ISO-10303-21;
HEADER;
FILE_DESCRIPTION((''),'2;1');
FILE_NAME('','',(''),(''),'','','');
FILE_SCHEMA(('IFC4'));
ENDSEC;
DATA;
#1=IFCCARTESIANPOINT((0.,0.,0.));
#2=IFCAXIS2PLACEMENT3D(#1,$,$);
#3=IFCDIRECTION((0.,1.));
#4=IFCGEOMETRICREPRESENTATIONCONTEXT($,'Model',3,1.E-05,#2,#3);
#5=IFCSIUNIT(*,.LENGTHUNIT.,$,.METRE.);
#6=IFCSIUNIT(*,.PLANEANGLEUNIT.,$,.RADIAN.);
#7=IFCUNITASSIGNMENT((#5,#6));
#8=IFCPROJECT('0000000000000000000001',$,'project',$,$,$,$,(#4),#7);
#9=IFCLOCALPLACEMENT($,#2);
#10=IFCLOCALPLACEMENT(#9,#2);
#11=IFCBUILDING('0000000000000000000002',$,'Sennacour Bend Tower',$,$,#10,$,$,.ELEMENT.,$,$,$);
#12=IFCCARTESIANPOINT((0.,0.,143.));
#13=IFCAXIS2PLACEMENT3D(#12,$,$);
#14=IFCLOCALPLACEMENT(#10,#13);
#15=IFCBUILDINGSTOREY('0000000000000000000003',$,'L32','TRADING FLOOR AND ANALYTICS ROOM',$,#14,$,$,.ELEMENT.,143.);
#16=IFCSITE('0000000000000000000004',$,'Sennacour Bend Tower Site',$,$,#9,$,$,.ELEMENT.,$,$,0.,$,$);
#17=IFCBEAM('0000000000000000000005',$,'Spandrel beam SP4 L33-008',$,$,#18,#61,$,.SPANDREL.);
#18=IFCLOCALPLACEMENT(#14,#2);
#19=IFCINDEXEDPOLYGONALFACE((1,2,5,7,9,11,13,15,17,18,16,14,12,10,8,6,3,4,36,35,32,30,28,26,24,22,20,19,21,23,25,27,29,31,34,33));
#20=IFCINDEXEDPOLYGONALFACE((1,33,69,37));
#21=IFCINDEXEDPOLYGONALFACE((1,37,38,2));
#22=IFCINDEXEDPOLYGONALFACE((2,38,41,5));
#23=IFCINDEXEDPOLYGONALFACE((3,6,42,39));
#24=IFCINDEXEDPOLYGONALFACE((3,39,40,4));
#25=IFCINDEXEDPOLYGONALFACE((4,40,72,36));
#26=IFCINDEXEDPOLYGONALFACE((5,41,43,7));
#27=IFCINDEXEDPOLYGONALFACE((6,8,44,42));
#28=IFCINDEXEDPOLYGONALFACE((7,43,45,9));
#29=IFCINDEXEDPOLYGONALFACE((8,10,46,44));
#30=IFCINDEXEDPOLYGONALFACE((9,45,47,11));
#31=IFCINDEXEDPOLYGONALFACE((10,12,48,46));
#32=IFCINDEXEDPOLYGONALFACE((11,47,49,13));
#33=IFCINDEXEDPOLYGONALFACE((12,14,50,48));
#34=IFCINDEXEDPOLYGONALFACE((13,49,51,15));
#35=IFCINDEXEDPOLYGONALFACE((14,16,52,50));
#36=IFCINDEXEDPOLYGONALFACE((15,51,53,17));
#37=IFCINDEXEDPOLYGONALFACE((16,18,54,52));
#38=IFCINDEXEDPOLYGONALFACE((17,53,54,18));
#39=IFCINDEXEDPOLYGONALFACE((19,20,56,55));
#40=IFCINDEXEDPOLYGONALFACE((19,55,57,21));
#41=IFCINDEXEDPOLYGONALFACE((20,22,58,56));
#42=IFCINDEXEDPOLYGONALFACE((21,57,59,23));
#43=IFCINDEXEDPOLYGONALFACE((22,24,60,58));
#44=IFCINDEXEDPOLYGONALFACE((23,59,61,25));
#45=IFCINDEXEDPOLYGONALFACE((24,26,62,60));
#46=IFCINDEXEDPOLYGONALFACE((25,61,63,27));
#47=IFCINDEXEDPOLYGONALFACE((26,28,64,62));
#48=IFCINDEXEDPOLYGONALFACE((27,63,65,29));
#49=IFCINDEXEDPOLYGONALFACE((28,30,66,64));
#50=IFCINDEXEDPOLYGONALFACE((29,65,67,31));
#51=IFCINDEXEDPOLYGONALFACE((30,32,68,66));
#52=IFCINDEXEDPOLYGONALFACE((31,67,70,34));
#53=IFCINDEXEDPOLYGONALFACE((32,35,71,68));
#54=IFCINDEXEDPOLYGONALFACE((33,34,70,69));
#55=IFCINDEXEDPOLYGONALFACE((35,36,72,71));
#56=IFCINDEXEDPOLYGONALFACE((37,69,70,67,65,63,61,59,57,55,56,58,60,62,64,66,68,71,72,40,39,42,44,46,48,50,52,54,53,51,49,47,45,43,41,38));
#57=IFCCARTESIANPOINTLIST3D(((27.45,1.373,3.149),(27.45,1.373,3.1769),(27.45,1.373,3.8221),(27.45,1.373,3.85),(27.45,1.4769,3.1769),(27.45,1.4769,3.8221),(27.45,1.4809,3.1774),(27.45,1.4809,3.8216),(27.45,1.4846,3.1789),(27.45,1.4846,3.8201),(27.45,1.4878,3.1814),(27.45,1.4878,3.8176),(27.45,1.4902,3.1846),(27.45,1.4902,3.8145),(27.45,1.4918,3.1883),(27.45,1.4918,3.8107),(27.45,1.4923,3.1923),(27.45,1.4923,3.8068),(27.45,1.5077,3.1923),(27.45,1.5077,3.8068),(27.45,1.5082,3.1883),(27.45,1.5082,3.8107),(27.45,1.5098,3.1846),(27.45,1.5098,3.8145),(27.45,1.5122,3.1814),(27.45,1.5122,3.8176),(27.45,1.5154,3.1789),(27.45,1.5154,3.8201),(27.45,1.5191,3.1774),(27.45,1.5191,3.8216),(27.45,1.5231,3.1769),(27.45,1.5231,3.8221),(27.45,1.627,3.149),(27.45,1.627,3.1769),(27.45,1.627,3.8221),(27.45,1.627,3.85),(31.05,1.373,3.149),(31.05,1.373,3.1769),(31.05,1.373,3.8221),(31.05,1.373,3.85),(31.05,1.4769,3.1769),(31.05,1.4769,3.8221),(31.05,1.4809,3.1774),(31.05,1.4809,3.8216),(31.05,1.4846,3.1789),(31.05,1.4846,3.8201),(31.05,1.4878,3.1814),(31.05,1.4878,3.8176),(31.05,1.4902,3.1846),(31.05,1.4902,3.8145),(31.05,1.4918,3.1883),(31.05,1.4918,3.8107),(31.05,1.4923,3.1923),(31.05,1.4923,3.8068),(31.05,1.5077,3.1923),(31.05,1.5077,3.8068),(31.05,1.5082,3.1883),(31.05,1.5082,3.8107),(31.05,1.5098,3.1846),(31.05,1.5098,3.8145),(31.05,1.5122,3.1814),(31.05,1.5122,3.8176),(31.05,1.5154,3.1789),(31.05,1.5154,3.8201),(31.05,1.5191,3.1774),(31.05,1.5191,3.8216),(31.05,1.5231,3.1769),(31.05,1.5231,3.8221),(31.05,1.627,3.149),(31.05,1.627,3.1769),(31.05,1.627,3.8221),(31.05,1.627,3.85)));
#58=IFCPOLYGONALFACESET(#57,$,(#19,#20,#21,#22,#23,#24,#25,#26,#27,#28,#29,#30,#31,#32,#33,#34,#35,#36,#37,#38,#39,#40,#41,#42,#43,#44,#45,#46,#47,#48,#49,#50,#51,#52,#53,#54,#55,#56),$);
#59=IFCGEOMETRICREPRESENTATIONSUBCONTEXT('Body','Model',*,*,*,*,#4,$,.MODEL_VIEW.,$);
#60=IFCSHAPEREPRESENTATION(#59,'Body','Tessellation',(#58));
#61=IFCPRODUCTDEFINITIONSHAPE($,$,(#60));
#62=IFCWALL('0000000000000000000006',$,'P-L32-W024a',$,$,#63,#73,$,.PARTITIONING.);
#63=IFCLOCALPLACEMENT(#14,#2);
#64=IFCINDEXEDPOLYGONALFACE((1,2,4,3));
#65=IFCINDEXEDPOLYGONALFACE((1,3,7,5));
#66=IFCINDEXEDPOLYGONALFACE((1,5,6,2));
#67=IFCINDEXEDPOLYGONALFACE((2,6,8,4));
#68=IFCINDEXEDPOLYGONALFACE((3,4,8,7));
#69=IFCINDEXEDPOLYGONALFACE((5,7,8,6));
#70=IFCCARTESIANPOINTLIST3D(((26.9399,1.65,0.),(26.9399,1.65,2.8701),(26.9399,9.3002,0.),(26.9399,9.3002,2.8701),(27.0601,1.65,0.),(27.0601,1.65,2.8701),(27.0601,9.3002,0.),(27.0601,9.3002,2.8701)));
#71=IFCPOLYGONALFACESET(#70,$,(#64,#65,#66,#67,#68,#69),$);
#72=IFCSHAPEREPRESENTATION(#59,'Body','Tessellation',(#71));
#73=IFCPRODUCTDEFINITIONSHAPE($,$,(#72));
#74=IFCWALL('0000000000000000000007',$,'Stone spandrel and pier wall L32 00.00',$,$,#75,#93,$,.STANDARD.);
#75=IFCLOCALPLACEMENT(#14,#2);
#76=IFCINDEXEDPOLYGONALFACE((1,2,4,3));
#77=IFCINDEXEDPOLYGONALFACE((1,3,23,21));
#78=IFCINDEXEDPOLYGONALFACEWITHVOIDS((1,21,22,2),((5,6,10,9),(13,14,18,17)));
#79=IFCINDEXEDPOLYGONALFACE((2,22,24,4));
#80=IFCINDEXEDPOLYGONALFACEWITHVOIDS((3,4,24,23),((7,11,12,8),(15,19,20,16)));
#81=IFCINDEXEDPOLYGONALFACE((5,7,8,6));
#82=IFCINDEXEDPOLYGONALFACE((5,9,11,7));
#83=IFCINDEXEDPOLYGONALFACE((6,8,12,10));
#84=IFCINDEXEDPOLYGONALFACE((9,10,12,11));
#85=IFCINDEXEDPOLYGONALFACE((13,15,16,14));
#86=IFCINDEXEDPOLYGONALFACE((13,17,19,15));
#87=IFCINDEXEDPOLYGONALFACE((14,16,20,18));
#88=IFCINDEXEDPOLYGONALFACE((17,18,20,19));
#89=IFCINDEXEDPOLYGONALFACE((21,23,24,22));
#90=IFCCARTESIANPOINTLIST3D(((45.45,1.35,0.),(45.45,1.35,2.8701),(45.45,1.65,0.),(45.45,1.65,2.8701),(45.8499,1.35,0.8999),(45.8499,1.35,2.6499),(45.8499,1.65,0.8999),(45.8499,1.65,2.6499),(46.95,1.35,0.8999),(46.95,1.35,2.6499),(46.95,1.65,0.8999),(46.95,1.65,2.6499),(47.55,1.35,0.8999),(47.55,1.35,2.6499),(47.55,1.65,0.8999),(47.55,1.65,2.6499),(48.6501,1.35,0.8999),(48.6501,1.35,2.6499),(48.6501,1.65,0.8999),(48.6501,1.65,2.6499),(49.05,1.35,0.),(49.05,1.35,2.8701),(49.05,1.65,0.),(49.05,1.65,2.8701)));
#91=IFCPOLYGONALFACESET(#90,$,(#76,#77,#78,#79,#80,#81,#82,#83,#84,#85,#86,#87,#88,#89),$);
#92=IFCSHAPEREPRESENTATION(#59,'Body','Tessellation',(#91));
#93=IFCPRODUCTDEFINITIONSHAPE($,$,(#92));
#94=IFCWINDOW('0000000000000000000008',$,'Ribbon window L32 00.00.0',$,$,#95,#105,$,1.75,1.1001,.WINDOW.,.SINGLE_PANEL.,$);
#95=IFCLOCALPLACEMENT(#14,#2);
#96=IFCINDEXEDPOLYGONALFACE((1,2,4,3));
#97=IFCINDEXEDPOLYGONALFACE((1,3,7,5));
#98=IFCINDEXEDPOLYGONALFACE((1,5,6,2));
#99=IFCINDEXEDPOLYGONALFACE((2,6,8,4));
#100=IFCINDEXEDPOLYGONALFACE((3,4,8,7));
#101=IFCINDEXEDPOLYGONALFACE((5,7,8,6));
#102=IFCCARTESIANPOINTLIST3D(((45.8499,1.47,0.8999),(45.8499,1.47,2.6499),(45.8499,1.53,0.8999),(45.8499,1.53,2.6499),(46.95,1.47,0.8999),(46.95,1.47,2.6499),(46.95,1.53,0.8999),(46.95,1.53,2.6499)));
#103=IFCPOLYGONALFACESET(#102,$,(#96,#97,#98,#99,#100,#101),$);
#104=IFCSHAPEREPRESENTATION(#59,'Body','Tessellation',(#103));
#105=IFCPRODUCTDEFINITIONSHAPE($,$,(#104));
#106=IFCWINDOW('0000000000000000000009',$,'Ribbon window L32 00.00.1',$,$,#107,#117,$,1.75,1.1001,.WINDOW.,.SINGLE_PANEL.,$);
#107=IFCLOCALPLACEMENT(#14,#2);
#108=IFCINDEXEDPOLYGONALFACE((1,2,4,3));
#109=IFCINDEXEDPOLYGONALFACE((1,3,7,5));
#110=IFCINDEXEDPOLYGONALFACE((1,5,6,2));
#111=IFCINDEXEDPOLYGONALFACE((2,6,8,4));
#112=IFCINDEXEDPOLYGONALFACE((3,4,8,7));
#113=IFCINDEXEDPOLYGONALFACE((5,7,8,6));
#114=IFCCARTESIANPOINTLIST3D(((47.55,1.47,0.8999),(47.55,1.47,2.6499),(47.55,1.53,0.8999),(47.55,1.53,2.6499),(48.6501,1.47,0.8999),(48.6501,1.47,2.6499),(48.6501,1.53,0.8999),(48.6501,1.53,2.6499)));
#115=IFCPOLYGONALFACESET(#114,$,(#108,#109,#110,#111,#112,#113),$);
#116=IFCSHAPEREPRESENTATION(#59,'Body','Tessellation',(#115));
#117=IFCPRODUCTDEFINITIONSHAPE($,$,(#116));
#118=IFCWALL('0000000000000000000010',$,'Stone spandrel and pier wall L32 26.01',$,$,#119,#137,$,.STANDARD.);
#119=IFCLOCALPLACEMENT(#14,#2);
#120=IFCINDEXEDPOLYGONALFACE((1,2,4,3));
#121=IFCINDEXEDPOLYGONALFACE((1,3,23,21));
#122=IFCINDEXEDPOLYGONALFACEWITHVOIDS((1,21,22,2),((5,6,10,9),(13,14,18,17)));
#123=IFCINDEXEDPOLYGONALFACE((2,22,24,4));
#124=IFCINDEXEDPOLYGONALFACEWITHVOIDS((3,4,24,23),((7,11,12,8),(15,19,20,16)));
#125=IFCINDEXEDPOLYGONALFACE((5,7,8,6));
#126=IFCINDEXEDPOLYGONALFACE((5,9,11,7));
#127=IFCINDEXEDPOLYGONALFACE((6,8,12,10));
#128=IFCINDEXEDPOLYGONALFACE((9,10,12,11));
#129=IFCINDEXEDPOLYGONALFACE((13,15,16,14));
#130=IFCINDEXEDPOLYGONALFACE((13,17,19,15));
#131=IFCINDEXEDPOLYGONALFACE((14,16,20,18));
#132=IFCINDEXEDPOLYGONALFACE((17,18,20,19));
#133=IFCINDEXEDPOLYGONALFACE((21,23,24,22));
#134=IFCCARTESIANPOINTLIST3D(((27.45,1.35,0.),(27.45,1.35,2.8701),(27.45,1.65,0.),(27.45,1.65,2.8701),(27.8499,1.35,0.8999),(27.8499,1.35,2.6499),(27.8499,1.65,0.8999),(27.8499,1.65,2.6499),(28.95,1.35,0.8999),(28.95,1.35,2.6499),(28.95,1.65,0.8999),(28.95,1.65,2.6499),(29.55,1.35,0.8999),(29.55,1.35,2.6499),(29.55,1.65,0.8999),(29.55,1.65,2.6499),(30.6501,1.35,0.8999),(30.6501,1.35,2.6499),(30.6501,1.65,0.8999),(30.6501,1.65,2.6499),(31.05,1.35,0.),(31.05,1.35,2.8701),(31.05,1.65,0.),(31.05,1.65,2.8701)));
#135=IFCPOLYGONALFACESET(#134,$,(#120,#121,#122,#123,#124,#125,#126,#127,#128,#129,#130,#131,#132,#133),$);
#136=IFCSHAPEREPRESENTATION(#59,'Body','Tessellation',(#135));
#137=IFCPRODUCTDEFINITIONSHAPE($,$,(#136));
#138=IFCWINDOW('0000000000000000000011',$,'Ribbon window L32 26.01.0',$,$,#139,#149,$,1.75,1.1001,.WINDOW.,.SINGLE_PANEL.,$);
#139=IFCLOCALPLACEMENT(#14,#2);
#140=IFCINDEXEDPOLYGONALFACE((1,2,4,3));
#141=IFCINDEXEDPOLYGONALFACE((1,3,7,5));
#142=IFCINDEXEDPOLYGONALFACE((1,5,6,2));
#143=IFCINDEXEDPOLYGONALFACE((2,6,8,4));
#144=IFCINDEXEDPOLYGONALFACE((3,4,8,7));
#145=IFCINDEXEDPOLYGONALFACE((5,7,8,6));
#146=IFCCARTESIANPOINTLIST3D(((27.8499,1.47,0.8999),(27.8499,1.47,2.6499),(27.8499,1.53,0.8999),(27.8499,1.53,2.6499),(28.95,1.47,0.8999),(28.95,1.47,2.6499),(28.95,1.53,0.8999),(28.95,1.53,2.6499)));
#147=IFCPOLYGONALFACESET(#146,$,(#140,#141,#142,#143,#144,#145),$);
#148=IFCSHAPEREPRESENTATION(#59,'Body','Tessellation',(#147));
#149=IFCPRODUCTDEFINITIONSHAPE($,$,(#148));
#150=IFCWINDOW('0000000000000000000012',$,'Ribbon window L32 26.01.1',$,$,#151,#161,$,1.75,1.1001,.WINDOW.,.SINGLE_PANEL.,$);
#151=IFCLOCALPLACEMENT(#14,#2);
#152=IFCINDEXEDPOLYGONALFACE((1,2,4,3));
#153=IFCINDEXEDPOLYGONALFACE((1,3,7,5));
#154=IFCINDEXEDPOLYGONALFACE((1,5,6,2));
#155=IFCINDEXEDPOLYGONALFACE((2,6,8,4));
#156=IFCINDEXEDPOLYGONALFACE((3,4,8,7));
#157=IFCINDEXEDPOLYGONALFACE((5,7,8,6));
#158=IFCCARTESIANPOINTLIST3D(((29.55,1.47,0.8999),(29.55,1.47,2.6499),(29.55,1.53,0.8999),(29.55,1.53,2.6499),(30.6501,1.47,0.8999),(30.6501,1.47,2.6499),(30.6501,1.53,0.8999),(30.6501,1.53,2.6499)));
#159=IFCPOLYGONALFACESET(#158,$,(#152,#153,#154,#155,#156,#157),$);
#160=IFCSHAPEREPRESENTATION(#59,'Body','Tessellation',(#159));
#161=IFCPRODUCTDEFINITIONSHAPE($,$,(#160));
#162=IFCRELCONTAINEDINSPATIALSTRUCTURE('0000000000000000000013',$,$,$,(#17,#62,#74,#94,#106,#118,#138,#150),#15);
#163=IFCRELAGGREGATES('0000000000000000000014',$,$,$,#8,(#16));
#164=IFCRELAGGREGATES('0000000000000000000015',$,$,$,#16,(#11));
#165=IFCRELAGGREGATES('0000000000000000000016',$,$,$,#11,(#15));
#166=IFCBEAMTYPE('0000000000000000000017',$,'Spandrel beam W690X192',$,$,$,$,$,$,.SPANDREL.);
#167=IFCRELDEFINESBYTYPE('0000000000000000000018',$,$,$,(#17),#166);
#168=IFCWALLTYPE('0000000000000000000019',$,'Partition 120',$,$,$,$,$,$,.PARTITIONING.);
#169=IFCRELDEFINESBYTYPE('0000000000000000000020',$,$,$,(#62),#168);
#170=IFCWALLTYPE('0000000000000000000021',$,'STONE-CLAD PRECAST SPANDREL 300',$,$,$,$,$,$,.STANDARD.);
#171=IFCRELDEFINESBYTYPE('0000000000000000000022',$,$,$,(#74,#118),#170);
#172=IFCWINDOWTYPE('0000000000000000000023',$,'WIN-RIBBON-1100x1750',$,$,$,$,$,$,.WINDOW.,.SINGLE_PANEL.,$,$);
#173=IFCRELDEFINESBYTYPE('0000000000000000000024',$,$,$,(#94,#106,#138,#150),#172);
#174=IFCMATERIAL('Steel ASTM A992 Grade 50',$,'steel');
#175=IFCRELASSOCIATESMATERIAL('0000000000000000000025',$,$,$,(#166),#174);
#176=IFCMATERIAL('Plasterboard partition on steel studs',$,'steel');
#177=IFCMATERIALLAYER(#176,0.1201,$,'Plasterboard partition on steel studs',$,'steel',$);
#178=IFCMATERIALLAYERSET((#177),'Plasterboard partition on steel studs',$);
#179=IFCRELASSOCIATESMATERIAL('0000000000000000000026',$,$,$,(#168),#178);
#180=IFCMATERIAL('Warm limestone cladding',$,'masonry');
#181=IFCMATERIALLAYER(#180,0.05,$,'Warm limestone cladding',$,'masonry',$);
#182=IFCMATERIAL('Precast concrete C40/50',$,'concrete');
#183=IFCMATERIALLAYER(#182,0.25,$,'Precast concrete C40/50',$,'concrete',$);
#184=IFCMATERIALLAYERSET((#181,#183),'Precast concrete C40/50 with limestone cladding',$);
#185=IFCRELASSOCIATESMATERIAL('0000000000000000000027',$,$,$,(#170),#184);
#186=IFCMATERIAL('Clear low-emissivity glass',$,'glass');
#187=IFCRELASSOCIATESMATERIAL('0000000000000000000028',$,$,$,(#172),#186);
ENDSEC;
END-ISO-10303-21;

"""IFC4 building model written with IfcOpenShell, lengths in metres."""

from ifc_helpers import new_model, si_unit, direction, frame, frame_2d, origin, origin_2d, place, context, subcontext, project, spatial, rectangle, i_section, extrude, material, layer, layer_set, material_profile, profile_set, type_object, element, fill, save


model = new_model("IFC4")

# Units and contexts
model_context = context("Model", 3, precision=1e-05, world=origin(), true_north=direction((0.0, 1.0)))
body_context = subcontext(model_context, "Body", "Model", "MODEL_VIEW")
ifc_project = project(units=[si_unit("LENGTHUNIT", "METRE"), si_unit("PLANEANGLEUNIT", "RADIAN")], contexts=[model_context])

# Site, building, storey
site_placement = place(None, origin())
site = spatial("IfcSite", under=ifc_project, at=site_placement, Name="Sennacour Bend Tower Site", CompositionType="ELEMENT", RefElevation=0.0)
building_placement = place(site_placement, origin())
building = spatial("IfcBuilding", under=site, at=building_placement, Name="Sennacour Bend Tower", CompositionType="ELEMENT")
storey_placement = place(building_placement, frame((0.0, 0.0, 143.0)))
storey = spatial("IfcBuildingStorey", under=building, at=storey_placement, Name="L32", Description="TRADING FLOOR AND ANALYTICS ROOM", CompositionType="ELEMENT", Elevation=143.0)

# Beam
ifc_material_1 = material(Name="Steel ASTM A992 Grade 50", Category="steel")
ifc_material_profile_1 = material_profile(ifc_material_1, i_section(OverallWidth=0.2539, OverallDepth=0.7009, WebThickness=0.0154, FlangeThickness=0.0278, FilletRadius=0.0154, at=origin_2d()), Name="Steel ASTM A992 Grade 50", Category="steel")
ifc_profile_set_1 = profile_set([ifc_material_profile_1], Name="Steel ASTM A992 Grade 50")
beam_type_1 = type_object("IfcBeamType", Name="Spandrel beam W690X192", PredefinedType="SPANDREL", material=ifc_profile_set_1)
beam_1_placement = place(storey_placement, frame((31.05, 1.5, 3.4995), z_axis=(-1.0, 0.0, 0.0), x_axis=(0.0, -1.0, 0.0)))
element("IfcBeam", 1, at=beam_1_placement, inside=storey, type_object=beam_type_1, Name="Spandrel beam SP4 L33-008", PredefinedType="SPANDREL", context=body_context, shape_type="SweptSolid", body=[
    extrude(i_section(OverallWidth=0.2539, OverallDepth=0.7009, WebThickness=0.0154, FlangeThickness=0.0278, FilletRadius=0.0154, at=origin_2d()), origin(), (0.0, 0.0, 1.0), 3.6001),
])

# Wall
ifc_material_2 = material(Name="Plasterboard partition on steel studs", Category="steel")
ifc_layer_1 = layer(ifc_material_2, 0.1201, Name="Plasterboard partition on steel studs", Category="steel")
ifc_layer_set_1 = layer_set([ifc_layer_1], Name="Plasterboard partition on steel studs")
wall_type_1 = type_object("IfcWallType", Name="Partition 120", PredefinedType="PARTITIONING", material=ifc_layer_set_1)
wall_1_placement = place(storey_placement, frame((27.0, 1.6499, 0.0), z_axis=(0.0, 0.0, 1.0), x_axis=(0.0, 1.0, 0.0)))
element("IfcWall", 2, at=wall_1_placement, inside=storey, type_object=wall_type_1, Name="P-L32-W024a", PredefinedType="PARTITIONING", context=body_context, shape_type="SweptSolid", body=[
    extrude(rectangle(XDim=7.6501, YDim=0.1201, at=frame_2d((3.8252, 0.0))), origin(), (0.0, 0.0, 1.0), 2.8701),
])

# Walls, openings, windows
ifc_material_3 = material(Name="Warm limestone cladding", Category="masonry")
ifc_layer_2 = layer(ifc_material_3, 0.05, Name="Warm limestone cladding", Category="masonry")
ifc_material_4 = material(Name="Precast concrete C40/50", Category="concrete")
ifc_layer_3 = layer(ifc_material_4, 0.25, Name="Precast concrete C40/50", Category="concrete")
ifc_layer_set_2 = layer_set([ifc_layer_2, ifc_layer_3], Name="Precast concrete C40/50 with limestone cladding")
wall_type_2 = type_object("IfcWallType", Name="STONE-CLAD PRECAST SPANDREL 300", PredefinedType="STANDARD", material=ifc_layer_set_2)
wall_2_placement = place(storey_placement, frame((45.45, 1.5, 0.0), z_axis=(0.0, 0.0, 1.0), x_axis=(1.0, 0.0, 0.0)))
wall_2 = element("IfcWall", 3, at=wall_2_placement, inside=storey, type_object=wall_type_2, Name="Stone spandrel and pier wall L32 00.00", PredefinedType="STANDARD", context=body_context, shape_type="SweptSolid", body=[
    extrude(rectangle(XDim=3.6001, YDim=0.3, at=frame_2d((1.8, 0.0))), origin(), (0.0, 0.0, 1.0), 2.8701),
])
opening_1_placement = place(wall_2_placement, frame((0.3999, 0.0, 0.8999)))
opening_1 = element("IfcOpeningElement", 4, at=opening_1_placement, cuts=wall_2, PredefinedType="OPENING", context=body_context, shape_type="SweptSolid", body=[
    extrude(rectangle(XDim=1.1001, YDim=1.75, at=frame_2d((0.55, 0.875))), frame((0.0, 0.1602, 0.0), z_axis=(0.0, -1.0, 0.0), x_axis=(1.0, 0.0, 0.0)), (0.0, 0.0, 1.0), 0.3201),
])
opening_2_placement = place(wall_2_placement, frame((2.1001, 0.0, 0.8999)))
opening_2 = element("IfcOpeningElement", 5, at=opening_2_placement, cuts=wall_2, PredefinedType="OPENING", context=body_context, shape_type="SweptSolid", body=[
    extrude(rectangle(XDim=1.1001, YDim=1.75, at=frame_2d((0.55, 0.875))), frame((0.0, 0.1602, 0.0), z_axis=(0.0, -1.0, 0.0), x_axis=(1.0, 0.0, 0.0)), (0.0, 0.0, 1.0), 0.3201),
])
ifc_material_5 = material(Name="Clear low-emissivity glass", Category="glass")
window_type = type_object("IfcWindowType", Name="WIN-RIBBON-1100x1750", PartitioningType="SINGLE_PANEL", PredefinedType="WINDOW", material=ifc_material_5)
window_1_placement = place(opening_1_placement, origin())
window_1 = element("IfcWindow", 6, at=window_1_placement, inside=storey, type_object=window_type, Name="Ribbon window L32 00.00.0", OverallHeight=1.75, OverallWidth=1.1001, PartitioningType="SINGLE_PANEL", PredefinedType="WINDOW", context=body_context, shape_type="SweptSolid", body=[
    extrude(rectangle(XDim=1.1001, YDim=1.75, at=frame_2d((0.55, 0.875))), frame((0.0, 0.03, 0.0), z_axis=(0.0, -1.0, 0.0), x_axis=(1.0, 0.0, 0.0)), (0.0, 0.0, 1.0), 0.0601),
])
fill(opening_1, window_1)
window_2_placement = place(opening_2_placement, origin())
window_2 = element("IfcWindow", 7, at=window_2_placement, inside=storey, type_object=window_type, Name="Ribbon window L32 00.00.1", OverallHeight=1.75, OverallWidth=1.1001, PartitioningType="SINGLE_PANEL", PredefinedType="WINDOW", context=body_context, shape_type="SweptSolid", body=[
    extrude(rectangle(XDim=1.1001, YDim=1.75, at=frame_2d((0.55, 0.875))), frame((0.0, 0.03, 0.0), z_axis=(0.0, -1.0, 0.0), x_axis=(1.0, 0.0, 0.0)), (0.0, 0.0, 1.0), 0.0601),
])
fill(opening_2, window_2)
wall_3_placement = place(storey_placement, frame((27.45, 1.5, 0.0), z_axis=(0.0, 0.0, 1.0), x_axis=(1.0, 0.0, 0.0)))
wall_3 = element("IfcWall", 8, at=wall_3_placement, inside=storey, type_object=wall_type_2, Name="Stone spandrel and pier wall L32 26.01", PredefinedType="STANDARD", context=body_context, shape_type="SweptSolid", body=[
    extrude(rectangle(XDim=3.6001, YDim=0.3, at=frame_2d((1.8, 0.0))), origin(), (0.0, 0.0, 1.0), 2.8701),
])
opening_3_placement = place(wall_3_placement, frame((0.3999, 0.0, 0.8999)))
opening_3 = element("IfcOpeningElement", 9, at=opening_3_placement, cuts=wall_3, PredefinedType="OPENING", context=body_context, shape_type="SweptSolid", body=[
    extrude(rectangle(XDim=1.1001, YDim=1.75, at=frame_2d((0.55, 0.875))), frame((0.0, 0.1602, 0.0), z_axis=(0.0, -1.0, 0.0), x_axis=(1.0, 0.0, 0.0)), (0.0, 0.0, 1.0), 0.3201),
])
opening_4_placement = place(wall_3_placement, frame((2.1001, 0.0, 0.8999)))
opening_4 = element("IfcOpeningElement", 10, at=opening_4_placement, cuts=wall_3, PredefinedType="OPENING", context=body_context, shape_type="SweptSolid", body=[
    extrude(rectangle(XDim=1.1001, YDim=1.75, at=frame_2d((0.55, 0.875))), frame((0.0, 0.1602, 0.0), z_axis=(0.0, -1.0, 0.0), x_axis=(1.0, 0.0, 0.0)), (0.0, 0.0, 1.0), 0.3201),
])
window_3_placement = place(opening_3_placement, origin())
window_3 = element("IfcWindow", 11, at=window_3_placement, inside=storey, type_object=window_type, Name="Ribbon window L32 26.01.0", OverallHeight=1.75, OverallWidth=1.1001, PartitioningType="SINGLE_PANEL", PredefinedType="WINDOW", context=body_context, shape_type="SweptSolid", body=[
    extrude(rectangle(XDim=1.1001, YDim=1.75, at=frame_2d((0.55, 0.875))), frame((0.0, 0.03, 0.0), z_axis=(0.0, -1.0, 0.0), x_axis=(1.0, 0.0, 0.0)), (0.0, 0.0, 1.0), 0.0601),
])
fill(opening_3, window_3)
window_4_placement = place(opening_4_placement, origin())
window_4 = element("IfcWindow", 12, at=window_4_placement, inside=storey, type_object=window_type, Name="Ribbon window L32 26.01.1", OverallHeight=1.75, OverallWidth=1.1001, PartitioningType="SINGLE_PANEL", PredefinedType="WINDOW", context=body_context, shape_type="SweptSolid", body=[
    extrude(rectangle(XDim=1.1001, YDim=1.75, at=frame_2d((0.55, 0.875))), frame((0.0, 0.03, 0.0), z_axis=(0.0, -1.0, 0.0), x_axis=(1.0, 0.0, 0.0)), (0.0, 0.0, 1.0), 0.0601),
])
fill(opening_4, window_4)

save(model, "model.ifc")
